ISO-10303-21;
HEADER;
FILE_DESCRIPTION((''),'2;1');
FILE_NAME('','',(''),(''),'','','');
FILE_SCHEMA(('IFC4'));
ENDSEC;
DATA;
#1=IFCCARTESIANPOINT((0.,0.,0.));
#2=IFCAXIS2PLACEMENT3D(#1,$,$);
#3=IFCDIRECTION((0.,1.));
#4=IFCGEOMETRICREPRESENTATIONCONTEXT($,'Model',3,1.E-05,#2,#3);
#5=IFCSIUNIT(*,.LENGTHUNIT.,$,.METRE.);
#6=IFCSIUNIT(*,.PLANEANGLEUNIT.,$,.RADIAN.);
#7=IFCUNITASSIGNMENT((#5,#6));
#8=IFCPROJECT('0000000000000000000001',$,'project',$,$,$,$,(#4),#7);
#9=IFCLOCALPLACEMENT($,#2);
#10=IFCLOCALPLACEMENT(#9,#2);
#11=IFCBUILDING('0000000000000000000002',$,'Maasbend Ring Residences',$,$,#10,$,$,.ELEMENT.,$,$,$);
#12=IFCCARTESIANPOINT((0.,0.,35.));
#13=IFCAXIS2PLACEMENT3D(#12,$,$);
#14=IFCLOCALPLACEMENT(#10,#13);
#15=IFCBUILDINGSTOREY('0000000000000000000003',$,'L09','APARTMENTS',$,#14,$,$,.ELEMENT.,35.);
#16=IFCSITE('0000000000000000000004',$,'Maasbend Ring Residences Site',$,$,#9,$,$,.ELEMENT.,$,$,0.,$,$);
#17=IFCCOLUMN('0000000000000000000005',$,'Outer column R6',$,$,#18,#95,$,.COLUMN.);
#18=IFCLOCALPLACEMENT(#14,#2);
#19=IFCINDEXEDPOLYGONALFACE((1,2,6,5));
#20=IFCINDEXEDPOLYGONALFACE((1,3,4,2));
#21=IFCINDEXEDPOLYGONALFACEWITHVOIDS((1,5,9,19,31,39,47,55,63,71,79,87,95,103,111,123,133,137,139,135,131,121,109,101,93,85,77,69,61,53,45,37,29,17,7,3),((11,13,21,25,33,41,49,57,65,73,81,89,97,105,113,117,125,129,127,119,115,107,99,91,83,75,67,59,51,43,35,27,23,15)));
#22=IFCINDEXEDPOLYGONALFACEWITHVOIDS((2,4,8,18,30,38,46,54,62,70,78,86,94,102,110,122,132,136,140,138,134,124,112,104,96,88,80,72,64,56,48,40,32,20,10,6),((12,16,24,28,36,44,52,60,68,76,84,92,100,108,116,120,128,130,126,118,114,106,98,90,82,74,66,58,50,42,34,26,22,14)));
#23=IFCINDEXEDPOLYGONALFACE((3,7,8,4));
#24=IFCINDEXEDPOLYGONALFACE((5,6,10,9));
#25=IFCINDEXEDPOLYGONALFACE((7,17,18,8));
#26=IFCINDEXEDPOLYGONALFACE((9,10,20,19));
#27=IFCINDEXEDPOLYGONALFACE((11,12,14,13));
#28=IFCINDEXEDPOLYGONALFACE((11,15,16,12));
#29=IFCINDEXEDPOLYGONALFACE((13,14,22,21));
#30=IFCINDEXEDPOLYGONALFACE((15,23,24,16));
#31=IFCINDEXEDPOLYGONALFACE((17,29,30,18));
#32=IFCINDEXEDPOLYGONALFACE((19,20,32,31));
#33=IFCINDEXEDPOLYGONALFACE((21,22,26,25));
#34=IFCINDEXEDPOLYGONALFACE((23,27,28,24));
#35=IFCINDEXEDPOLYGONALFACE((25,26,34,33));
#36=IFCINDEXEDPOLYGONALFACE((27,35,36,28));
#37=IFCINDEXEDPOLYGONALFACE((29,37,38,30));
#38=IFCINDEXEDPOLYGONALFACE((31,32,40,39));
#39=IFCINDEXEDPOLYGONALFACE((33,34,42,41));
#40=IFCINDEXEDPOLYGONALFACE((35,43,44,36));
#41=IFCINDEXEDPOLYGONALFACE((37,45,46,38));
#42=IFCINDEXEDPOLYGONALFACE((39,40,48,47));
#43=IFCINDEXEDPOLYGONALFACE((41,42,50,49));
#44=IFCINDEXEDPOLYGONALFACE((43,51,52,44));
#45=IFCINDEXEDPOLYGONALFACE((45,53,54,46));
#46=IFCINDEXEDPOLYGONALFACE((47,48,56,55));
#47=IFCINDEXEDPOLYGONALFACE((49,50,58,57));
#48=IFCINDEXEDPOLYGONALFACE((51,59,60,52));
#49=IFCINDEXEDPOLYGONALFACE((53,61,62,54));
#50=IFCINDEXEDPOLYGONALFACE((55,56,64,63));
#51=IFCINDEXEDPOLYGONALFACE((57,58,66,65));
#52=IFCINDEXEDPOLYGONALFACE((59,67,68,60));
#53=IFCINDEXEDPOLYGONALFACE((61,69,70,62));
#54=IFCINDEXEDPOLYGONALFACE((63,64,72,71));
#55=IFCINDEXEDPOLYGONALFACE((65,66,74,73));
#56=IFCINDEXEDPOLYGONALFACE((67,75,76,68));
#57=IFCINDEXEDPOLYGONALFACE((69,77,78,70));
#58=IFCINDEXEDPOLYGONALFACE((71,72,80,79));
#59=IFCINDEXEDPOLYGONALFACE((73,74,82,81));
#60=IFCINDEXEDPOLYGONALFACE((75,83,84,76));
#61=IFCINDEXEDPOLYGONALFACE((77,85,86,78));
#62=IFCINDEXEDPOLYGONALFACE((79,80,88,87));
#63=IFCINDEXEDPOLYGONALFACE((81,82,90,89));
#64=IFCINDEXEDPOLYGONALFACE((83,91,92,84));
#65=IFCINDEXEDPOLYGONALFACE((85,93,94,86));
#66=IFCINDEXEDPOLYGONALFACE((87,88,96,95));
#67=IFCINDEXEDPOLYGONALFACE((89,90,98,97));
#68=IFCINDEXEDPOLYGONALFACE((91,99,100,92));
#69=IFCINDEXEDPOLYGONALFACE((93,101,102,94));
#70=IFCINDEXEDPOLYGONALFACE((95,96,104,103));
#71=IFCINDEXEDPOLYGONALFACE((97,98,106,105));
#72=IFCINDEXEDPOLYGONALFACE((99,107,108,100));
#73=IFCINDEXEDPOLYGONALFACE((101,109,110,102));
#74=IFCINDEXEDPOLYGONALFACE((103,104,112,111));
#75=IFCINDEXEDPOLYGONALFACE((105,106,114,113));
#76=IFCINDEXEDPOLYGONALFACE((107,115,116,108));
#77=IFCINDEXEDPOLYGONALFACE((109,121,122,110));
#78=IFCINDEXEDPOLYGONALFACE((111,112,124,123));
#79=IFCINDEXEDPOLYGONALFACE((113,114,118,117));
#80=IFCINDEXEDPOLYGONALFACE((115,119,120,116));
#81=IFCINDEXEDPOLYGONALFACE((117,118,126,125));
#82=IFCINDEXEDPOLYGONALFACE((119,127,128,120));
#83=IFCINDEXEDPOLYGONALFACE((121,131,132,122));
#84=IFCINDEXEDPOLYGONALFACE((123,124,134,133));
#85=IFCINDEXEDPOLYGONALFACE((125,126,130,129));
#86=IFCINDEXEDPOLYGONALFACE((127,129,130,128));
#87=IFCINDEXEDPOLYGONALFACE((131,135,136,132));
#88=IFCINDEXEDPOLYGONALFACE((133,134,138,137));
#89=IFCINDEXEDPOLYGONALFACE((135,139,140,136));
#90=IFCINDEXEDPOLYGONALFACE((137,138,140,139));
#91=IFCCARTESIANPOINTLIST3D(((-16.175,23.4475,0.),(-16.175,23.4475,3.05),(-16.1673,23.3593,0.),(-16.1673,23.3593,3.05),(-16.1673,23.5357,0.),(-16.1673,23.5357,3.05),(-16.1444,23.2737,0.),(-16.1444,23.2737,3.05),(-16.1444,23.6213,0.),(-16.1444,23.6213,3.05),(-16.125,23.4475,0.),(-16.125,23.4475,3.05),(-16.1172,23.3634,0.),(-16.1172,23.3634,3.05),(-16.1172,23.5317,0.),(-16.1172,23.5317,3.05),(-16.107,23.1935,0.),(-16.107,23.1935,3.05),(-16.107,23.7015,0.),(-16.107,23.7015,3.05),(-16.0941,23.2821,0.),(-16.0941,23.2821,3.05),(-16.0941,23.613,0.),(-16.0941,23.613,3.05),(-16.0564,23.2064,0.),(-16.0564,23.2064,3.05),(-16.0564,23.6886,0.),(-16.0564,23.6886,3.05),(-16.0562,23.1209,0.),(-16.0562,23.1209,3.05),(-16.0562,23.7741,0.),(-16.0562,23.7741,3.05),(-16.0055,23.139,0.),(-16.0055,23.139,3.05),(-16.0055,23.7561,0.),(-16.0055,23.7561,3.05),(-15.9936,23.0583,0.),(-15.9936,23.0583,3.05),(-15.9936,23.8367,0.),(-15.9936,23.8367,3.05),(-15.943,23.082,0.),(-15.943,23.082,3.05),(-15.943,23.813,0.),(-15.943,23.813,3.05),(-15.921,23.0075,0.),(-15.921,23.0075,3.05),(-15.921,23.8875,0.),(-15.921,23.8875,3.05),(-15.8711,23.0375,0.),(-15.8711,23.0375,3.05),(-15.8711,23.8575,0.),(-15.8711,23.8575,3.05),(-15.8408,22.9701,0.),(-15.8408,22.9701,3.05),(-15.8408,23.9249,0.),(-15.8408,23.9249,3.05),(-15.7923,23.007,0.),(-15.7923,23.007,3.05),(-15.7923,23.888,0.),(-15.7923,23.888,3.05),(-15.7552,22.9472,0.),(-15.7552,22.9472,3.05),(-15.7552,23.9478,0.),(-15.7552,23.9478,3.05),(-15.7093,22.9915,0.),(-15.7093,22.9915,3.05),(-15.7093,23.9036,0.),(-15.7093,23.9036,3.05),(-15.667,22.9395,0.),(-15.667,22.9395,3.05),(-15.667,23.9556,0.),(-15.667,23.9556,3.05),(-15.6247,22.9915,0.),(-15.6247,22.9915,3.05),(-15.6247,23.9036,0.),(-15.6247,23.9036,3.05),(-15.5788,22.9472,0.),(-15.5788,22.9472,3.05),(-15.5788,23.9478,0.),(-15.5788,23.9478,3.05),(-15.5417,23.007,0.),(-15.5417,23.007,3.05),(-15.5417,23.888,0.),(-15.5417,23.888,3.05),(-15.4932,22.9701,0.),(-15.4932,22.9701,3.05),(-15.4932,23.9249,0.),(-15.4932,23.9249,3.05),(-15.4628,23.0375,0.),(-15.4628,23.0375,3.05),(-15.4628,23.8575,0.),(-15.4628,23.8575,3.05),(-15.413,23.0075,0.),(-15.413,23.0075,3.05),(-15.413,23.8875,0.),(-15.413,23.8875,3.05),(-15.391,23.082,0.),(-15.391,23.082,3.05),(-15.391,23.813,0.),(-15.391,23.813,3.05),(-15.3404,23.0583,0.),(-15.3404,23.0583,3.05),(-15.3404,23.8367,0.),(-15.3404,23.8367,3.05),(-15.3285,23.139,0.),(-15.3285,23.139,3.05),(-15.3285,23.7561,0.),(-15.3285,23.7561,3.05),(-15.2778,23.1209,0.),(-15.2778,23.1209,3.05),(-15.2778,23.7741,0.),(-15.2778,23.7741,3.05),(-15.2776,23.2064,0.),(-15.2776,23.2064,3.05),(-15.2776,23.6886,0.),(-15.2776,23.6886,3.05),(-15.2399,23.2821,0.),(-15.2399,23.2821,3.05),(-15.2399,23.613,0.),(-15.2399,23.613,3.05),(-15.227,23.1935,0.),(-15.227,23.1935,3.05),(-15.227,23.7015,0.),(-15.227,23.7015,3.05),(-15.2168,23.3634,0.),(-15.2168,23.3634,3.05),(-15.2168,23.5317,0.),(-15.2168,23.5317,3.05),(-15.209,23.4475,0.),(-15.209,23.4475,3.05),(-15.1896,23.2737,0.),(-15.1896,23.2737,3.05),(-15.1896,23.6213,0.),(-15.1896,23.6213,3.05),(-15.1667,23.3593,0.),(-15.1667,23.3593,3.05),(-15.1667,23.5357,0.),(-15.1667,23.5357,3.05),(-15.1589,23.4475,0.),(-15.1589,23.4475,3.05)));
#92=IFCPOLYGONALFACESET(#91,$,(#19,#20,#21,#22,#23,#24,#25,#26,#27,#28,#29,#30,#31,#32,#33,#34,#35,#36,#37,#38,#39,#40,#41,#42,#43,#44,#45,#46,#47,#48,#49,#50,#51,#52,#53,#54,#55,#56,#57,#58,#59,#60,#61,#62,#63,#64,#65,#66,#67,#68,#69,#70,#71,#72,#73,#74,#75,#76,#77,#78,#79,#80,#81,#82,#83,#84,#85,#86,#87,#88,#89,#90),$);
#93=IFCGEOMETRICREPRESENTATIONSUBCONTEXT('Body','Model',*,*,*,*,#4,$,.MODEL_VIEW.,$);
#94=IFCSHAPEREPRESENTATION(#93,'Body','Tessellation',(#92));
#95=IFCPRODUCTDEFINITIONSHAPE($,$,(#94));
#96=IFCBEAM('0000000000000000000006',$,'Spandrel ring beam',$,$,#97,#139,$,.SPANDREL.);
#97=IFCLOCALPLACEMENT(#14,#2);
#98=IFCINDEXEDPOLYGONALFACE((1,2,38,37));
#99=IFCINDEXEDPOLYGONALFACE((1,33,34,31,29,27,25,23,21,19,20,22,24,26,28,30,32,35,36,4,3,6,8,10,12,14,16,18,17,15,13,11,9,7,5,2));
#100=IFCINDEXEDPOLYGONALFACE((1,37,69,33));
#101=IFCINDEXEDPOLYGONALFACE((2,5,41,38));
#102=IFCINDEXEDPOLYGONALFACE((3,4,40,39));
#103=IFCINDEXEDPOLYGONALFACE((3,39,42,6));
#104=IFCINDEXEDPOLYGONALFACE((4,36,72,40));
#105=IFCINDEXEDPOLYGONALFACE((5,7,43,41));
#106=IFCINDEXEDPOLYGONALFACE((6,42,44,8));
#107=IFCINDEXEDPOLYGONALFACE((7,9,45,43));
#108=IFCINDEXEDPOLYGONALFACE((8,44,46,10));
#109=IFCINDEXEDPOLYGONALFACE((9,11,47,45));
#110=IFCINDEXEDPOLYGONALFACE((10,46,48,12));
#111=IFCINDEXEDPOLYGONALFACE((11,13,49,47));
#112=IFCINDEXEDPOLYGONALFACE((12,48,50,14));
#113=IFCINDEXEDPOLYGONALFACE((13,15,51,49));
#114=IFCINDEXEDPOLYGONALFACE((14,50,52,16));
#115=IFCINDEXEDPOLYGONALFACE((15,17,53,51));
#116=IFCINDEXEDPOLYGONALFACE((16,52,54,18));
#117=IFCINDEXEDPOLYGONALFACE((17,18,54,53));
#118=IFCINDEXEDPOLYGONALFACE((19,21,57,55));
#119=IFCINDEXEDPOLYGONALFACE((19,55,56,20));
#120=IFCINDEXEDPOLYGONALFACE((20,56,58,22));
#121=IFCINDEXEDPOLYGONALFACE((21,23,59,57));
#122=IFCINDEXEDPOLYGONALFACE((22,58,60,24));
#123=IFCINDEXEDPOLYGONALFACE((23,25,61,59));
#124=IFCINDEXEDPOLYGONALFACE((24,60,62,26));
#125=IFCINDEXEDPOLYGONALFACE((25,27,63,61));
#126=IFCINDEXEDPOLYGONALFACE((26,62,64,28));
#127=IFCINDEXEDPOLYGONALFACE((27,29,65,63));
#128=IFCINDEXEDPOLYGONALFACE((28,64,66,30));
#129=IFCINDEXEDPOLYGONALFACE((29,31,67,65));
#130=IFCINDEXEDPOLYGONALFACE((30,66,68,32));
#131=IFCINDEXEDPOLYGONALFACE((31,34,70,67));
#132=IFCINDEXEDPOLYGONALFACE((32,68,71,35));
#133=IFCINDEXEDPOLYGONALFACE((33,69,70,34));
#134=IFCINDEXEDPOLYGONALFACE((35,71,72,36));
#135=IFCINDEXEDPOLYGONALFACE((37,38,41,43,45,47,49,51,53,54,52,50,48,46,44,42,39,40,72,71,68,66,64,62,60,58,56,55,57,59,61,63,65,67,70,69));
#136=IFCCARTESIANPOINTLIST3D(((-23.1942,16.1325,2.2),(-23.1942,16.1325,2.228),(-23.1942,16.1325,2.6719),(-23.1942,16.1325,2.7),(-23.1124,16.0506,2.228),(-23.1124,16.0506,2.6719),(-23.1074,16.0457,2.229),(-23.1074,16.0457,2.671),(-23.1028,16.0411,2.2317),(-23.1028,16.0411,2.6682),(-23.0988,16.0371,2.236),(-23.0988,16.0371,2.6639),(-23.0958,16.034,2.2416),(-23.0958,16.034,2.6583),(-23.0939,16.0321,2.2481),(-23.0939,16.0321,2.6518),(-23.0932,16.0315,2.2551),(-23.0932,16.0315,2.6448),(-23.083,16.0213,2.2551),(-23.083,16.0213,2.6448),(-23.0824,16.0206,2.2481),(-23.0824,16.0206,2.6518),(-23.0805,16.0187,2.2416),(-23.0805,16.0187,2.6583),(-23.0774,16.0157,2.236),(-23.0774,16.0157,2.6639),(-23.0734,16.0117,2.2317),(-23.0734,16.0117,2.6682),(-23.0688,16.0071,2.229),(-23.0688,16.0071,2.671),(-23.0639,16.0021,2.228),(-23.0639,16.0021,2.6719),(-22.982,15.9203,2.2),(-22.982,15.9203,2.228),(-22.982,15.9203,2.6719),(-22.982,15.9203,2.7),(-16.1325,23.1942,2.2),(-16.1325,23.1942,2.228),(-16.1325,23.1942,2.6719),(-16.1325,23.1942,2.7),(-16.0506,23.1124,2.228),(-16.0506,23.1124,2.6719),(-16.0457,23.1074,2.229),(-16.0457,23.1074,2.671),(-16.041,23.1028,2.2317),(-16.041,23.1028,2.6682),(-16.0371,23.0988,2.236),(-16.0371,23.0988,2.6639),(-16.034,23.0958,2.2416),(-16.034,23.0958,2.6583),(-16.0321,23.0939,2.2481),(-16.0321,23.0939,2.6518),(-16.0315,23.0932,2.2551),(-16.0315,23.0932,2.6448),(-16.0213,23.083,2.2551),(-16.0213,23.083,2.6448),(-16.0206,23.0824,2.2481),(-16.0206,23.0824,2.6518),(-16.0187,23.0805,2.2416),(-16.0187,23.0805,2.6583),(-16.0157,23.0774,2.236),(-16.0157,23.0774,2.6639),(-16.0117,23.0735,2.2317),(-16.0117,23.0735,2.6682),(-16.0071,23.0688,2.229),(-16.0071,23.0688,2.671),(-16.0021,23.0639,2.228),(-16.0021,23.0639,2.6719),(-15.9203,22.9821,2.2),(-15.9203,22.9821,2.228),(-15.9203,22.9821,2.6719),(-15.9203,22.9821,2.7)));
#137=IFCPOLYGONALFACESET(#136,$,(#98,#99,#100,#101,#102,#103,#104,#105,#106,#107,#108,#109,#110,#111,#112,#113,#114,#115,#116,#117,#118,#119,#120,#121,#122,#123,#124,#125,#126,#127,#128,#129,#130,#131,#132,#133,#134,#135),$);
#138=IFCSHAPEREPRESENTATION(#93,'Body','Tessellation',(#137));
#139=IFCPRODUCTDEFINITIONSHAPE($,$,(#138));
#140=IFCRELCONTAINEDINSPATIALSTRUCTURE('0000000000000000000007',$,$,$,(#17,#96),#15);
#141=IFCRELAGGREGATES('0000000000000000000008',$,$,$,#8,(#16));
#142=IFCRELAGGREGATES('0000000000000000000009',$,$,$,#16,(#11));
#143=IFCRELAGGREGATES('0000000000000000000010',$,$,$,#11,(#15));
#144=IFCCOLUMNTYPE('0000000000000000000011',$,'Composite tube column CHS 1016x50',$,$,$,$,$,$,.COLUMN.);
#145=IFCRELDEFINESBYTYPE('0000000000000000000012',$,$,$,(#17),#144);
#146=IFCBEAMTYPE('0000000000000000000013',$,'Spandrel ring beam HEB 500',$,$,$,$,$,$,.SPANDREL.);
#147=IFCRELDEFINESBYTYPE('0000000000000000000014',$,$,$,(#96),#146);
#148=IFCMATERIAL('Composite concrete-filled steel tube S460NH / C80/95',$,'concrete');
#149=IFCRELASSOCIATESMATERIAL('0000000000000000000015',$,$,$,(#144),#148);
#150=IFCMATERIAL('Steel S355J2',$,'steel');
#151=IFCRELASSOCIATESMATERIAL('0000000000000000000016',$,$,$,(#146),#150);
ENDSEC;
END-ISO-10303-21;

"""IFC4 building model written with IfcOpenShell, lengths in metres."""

from ifc_helpers import new_model, si_unit, direction, frame, origin, origin_2d, place, context, subcontext, project, spatial, hollow_circle, i_section, extrude, material, material_profile, profile_set, type_object, element, save


model = new_model("IFC4")

# Units and contexts
model_context = context("Model", 3, precision=1e-05, world=origin(), true_north=direction((0.0, 1.0)))
body_context = subcontext(model_context, "Body", "Model", "MODEL_VIEW")
ifc_project = project(units=[si_unit("LENGTHUNIT", "METRE"), si_unit("PLANEANGLEUNIT", "RADIAN")], contexts=[model_context])

# Site, building, storey
site_placement = place(None, origin())
site = spatial("IfcSite", under=ifc_project, at=site_placement, Name="Maasbend Ring Residences Site", CompositionType="ELEMENT", RefElevation=0.0)
building_placement = place(site_placement, origin())
building = spatial("IfcBuilding", under=site, at=building_placement, Name="Maasbend Ring Residences", CompositionType="ELEMENT")
storey_placement = place(building_placement, frame((0.0, 0.0, 35.0)))
storey = spatial("IfcBuildingStorey", under=building, at=storey_placement, Name="L09", Description="APARTMENTS", CompositionType="ELEMENT", Elevation=35.0)

# Column
ifc_material_1 = material(Name="Composite concrete-filled steel tube S460NH / C80/95", Category="concrete")
ifc_material_profile_1 = material_profile(ifc_material_1, hollow_circle(Radius=0.5081, WallThickness=0.05, at=origin_2d()), Name="Composite tube column CHS 1016x50")
ifc_profile_set_1 = profile_set([ifc_material_profile_1], Name="Composite concrete-filled steel tube S460NH / C80/95")
column_type = type_object("IfcColumnType", Name="Composite tube column CHS 1016x50", PredefinedType="COLUMN", material=ifc_profile_set_1)
column_placement = place(storey_placement, frame((-15.667, 23.4475, 0.0), z_axis=(0.0, 0.0, 1.0), x_axis=(1.0, 0.0, 0.0)))
element("IfcColumn", 1, at=column_placement, inside=storey, type_object=column_type, Name="Outer column R6", PredefinedType="COLUMN", context=body_context, shape_type="SweptSolid", body=[
    extrude(hollow_circle(Radius=0.5081, WallThickness=0.05, at=origin_2d()), origin(), (0.0, 0.0, 1.0), 3.05),
])

# Beam
ifc_material_2 = material(Name="Steel S355J2", Category="steel")
ifc_material_profile_2 = material_profile(ifc_material_2, i_section(OverallWidth=0.3, OverallDepth=0.5, WebThickness=0.0144, FlangeThickness=0.0281, FilletRadius=0.0271, at=origin_2d()), Name="HEB 500")
ifc_profile_set_2 = profile_set([ifc_material_profile_2], Name="Steel S355J2")
beam_type = type_object("IfcBeamType", Name="Spandrel ring beam HEB 500", PredefinedType="SPANDREL", material=ifc_profile_set_2)
beam_placement = place(storey_placement, frame((-16.0264, 23.0881, 2.45), z_axis=(-0.707107, -0.707107, 0.0), x_axis=(0.707107, -0.707107, 0.0)))
element("IfcBeam", 2, at=beam_placement, inside=storey, type_object=beam_type, Name="Spandrel ring beam", PredefinedType="SPANDREL", context=body_context, shape_type="SweptSolid", body=[
    extrude(i_section(OverallWidth=0.3, OverallDepth=0.5, WebThickness=0.0144, FlangeThickness=0.0281, FilletRadius=0.0271, at=origin_2d()), origin(), (0.0, 0.0, 1.0), 9.9868),
])

save(model, "model.ifc")
